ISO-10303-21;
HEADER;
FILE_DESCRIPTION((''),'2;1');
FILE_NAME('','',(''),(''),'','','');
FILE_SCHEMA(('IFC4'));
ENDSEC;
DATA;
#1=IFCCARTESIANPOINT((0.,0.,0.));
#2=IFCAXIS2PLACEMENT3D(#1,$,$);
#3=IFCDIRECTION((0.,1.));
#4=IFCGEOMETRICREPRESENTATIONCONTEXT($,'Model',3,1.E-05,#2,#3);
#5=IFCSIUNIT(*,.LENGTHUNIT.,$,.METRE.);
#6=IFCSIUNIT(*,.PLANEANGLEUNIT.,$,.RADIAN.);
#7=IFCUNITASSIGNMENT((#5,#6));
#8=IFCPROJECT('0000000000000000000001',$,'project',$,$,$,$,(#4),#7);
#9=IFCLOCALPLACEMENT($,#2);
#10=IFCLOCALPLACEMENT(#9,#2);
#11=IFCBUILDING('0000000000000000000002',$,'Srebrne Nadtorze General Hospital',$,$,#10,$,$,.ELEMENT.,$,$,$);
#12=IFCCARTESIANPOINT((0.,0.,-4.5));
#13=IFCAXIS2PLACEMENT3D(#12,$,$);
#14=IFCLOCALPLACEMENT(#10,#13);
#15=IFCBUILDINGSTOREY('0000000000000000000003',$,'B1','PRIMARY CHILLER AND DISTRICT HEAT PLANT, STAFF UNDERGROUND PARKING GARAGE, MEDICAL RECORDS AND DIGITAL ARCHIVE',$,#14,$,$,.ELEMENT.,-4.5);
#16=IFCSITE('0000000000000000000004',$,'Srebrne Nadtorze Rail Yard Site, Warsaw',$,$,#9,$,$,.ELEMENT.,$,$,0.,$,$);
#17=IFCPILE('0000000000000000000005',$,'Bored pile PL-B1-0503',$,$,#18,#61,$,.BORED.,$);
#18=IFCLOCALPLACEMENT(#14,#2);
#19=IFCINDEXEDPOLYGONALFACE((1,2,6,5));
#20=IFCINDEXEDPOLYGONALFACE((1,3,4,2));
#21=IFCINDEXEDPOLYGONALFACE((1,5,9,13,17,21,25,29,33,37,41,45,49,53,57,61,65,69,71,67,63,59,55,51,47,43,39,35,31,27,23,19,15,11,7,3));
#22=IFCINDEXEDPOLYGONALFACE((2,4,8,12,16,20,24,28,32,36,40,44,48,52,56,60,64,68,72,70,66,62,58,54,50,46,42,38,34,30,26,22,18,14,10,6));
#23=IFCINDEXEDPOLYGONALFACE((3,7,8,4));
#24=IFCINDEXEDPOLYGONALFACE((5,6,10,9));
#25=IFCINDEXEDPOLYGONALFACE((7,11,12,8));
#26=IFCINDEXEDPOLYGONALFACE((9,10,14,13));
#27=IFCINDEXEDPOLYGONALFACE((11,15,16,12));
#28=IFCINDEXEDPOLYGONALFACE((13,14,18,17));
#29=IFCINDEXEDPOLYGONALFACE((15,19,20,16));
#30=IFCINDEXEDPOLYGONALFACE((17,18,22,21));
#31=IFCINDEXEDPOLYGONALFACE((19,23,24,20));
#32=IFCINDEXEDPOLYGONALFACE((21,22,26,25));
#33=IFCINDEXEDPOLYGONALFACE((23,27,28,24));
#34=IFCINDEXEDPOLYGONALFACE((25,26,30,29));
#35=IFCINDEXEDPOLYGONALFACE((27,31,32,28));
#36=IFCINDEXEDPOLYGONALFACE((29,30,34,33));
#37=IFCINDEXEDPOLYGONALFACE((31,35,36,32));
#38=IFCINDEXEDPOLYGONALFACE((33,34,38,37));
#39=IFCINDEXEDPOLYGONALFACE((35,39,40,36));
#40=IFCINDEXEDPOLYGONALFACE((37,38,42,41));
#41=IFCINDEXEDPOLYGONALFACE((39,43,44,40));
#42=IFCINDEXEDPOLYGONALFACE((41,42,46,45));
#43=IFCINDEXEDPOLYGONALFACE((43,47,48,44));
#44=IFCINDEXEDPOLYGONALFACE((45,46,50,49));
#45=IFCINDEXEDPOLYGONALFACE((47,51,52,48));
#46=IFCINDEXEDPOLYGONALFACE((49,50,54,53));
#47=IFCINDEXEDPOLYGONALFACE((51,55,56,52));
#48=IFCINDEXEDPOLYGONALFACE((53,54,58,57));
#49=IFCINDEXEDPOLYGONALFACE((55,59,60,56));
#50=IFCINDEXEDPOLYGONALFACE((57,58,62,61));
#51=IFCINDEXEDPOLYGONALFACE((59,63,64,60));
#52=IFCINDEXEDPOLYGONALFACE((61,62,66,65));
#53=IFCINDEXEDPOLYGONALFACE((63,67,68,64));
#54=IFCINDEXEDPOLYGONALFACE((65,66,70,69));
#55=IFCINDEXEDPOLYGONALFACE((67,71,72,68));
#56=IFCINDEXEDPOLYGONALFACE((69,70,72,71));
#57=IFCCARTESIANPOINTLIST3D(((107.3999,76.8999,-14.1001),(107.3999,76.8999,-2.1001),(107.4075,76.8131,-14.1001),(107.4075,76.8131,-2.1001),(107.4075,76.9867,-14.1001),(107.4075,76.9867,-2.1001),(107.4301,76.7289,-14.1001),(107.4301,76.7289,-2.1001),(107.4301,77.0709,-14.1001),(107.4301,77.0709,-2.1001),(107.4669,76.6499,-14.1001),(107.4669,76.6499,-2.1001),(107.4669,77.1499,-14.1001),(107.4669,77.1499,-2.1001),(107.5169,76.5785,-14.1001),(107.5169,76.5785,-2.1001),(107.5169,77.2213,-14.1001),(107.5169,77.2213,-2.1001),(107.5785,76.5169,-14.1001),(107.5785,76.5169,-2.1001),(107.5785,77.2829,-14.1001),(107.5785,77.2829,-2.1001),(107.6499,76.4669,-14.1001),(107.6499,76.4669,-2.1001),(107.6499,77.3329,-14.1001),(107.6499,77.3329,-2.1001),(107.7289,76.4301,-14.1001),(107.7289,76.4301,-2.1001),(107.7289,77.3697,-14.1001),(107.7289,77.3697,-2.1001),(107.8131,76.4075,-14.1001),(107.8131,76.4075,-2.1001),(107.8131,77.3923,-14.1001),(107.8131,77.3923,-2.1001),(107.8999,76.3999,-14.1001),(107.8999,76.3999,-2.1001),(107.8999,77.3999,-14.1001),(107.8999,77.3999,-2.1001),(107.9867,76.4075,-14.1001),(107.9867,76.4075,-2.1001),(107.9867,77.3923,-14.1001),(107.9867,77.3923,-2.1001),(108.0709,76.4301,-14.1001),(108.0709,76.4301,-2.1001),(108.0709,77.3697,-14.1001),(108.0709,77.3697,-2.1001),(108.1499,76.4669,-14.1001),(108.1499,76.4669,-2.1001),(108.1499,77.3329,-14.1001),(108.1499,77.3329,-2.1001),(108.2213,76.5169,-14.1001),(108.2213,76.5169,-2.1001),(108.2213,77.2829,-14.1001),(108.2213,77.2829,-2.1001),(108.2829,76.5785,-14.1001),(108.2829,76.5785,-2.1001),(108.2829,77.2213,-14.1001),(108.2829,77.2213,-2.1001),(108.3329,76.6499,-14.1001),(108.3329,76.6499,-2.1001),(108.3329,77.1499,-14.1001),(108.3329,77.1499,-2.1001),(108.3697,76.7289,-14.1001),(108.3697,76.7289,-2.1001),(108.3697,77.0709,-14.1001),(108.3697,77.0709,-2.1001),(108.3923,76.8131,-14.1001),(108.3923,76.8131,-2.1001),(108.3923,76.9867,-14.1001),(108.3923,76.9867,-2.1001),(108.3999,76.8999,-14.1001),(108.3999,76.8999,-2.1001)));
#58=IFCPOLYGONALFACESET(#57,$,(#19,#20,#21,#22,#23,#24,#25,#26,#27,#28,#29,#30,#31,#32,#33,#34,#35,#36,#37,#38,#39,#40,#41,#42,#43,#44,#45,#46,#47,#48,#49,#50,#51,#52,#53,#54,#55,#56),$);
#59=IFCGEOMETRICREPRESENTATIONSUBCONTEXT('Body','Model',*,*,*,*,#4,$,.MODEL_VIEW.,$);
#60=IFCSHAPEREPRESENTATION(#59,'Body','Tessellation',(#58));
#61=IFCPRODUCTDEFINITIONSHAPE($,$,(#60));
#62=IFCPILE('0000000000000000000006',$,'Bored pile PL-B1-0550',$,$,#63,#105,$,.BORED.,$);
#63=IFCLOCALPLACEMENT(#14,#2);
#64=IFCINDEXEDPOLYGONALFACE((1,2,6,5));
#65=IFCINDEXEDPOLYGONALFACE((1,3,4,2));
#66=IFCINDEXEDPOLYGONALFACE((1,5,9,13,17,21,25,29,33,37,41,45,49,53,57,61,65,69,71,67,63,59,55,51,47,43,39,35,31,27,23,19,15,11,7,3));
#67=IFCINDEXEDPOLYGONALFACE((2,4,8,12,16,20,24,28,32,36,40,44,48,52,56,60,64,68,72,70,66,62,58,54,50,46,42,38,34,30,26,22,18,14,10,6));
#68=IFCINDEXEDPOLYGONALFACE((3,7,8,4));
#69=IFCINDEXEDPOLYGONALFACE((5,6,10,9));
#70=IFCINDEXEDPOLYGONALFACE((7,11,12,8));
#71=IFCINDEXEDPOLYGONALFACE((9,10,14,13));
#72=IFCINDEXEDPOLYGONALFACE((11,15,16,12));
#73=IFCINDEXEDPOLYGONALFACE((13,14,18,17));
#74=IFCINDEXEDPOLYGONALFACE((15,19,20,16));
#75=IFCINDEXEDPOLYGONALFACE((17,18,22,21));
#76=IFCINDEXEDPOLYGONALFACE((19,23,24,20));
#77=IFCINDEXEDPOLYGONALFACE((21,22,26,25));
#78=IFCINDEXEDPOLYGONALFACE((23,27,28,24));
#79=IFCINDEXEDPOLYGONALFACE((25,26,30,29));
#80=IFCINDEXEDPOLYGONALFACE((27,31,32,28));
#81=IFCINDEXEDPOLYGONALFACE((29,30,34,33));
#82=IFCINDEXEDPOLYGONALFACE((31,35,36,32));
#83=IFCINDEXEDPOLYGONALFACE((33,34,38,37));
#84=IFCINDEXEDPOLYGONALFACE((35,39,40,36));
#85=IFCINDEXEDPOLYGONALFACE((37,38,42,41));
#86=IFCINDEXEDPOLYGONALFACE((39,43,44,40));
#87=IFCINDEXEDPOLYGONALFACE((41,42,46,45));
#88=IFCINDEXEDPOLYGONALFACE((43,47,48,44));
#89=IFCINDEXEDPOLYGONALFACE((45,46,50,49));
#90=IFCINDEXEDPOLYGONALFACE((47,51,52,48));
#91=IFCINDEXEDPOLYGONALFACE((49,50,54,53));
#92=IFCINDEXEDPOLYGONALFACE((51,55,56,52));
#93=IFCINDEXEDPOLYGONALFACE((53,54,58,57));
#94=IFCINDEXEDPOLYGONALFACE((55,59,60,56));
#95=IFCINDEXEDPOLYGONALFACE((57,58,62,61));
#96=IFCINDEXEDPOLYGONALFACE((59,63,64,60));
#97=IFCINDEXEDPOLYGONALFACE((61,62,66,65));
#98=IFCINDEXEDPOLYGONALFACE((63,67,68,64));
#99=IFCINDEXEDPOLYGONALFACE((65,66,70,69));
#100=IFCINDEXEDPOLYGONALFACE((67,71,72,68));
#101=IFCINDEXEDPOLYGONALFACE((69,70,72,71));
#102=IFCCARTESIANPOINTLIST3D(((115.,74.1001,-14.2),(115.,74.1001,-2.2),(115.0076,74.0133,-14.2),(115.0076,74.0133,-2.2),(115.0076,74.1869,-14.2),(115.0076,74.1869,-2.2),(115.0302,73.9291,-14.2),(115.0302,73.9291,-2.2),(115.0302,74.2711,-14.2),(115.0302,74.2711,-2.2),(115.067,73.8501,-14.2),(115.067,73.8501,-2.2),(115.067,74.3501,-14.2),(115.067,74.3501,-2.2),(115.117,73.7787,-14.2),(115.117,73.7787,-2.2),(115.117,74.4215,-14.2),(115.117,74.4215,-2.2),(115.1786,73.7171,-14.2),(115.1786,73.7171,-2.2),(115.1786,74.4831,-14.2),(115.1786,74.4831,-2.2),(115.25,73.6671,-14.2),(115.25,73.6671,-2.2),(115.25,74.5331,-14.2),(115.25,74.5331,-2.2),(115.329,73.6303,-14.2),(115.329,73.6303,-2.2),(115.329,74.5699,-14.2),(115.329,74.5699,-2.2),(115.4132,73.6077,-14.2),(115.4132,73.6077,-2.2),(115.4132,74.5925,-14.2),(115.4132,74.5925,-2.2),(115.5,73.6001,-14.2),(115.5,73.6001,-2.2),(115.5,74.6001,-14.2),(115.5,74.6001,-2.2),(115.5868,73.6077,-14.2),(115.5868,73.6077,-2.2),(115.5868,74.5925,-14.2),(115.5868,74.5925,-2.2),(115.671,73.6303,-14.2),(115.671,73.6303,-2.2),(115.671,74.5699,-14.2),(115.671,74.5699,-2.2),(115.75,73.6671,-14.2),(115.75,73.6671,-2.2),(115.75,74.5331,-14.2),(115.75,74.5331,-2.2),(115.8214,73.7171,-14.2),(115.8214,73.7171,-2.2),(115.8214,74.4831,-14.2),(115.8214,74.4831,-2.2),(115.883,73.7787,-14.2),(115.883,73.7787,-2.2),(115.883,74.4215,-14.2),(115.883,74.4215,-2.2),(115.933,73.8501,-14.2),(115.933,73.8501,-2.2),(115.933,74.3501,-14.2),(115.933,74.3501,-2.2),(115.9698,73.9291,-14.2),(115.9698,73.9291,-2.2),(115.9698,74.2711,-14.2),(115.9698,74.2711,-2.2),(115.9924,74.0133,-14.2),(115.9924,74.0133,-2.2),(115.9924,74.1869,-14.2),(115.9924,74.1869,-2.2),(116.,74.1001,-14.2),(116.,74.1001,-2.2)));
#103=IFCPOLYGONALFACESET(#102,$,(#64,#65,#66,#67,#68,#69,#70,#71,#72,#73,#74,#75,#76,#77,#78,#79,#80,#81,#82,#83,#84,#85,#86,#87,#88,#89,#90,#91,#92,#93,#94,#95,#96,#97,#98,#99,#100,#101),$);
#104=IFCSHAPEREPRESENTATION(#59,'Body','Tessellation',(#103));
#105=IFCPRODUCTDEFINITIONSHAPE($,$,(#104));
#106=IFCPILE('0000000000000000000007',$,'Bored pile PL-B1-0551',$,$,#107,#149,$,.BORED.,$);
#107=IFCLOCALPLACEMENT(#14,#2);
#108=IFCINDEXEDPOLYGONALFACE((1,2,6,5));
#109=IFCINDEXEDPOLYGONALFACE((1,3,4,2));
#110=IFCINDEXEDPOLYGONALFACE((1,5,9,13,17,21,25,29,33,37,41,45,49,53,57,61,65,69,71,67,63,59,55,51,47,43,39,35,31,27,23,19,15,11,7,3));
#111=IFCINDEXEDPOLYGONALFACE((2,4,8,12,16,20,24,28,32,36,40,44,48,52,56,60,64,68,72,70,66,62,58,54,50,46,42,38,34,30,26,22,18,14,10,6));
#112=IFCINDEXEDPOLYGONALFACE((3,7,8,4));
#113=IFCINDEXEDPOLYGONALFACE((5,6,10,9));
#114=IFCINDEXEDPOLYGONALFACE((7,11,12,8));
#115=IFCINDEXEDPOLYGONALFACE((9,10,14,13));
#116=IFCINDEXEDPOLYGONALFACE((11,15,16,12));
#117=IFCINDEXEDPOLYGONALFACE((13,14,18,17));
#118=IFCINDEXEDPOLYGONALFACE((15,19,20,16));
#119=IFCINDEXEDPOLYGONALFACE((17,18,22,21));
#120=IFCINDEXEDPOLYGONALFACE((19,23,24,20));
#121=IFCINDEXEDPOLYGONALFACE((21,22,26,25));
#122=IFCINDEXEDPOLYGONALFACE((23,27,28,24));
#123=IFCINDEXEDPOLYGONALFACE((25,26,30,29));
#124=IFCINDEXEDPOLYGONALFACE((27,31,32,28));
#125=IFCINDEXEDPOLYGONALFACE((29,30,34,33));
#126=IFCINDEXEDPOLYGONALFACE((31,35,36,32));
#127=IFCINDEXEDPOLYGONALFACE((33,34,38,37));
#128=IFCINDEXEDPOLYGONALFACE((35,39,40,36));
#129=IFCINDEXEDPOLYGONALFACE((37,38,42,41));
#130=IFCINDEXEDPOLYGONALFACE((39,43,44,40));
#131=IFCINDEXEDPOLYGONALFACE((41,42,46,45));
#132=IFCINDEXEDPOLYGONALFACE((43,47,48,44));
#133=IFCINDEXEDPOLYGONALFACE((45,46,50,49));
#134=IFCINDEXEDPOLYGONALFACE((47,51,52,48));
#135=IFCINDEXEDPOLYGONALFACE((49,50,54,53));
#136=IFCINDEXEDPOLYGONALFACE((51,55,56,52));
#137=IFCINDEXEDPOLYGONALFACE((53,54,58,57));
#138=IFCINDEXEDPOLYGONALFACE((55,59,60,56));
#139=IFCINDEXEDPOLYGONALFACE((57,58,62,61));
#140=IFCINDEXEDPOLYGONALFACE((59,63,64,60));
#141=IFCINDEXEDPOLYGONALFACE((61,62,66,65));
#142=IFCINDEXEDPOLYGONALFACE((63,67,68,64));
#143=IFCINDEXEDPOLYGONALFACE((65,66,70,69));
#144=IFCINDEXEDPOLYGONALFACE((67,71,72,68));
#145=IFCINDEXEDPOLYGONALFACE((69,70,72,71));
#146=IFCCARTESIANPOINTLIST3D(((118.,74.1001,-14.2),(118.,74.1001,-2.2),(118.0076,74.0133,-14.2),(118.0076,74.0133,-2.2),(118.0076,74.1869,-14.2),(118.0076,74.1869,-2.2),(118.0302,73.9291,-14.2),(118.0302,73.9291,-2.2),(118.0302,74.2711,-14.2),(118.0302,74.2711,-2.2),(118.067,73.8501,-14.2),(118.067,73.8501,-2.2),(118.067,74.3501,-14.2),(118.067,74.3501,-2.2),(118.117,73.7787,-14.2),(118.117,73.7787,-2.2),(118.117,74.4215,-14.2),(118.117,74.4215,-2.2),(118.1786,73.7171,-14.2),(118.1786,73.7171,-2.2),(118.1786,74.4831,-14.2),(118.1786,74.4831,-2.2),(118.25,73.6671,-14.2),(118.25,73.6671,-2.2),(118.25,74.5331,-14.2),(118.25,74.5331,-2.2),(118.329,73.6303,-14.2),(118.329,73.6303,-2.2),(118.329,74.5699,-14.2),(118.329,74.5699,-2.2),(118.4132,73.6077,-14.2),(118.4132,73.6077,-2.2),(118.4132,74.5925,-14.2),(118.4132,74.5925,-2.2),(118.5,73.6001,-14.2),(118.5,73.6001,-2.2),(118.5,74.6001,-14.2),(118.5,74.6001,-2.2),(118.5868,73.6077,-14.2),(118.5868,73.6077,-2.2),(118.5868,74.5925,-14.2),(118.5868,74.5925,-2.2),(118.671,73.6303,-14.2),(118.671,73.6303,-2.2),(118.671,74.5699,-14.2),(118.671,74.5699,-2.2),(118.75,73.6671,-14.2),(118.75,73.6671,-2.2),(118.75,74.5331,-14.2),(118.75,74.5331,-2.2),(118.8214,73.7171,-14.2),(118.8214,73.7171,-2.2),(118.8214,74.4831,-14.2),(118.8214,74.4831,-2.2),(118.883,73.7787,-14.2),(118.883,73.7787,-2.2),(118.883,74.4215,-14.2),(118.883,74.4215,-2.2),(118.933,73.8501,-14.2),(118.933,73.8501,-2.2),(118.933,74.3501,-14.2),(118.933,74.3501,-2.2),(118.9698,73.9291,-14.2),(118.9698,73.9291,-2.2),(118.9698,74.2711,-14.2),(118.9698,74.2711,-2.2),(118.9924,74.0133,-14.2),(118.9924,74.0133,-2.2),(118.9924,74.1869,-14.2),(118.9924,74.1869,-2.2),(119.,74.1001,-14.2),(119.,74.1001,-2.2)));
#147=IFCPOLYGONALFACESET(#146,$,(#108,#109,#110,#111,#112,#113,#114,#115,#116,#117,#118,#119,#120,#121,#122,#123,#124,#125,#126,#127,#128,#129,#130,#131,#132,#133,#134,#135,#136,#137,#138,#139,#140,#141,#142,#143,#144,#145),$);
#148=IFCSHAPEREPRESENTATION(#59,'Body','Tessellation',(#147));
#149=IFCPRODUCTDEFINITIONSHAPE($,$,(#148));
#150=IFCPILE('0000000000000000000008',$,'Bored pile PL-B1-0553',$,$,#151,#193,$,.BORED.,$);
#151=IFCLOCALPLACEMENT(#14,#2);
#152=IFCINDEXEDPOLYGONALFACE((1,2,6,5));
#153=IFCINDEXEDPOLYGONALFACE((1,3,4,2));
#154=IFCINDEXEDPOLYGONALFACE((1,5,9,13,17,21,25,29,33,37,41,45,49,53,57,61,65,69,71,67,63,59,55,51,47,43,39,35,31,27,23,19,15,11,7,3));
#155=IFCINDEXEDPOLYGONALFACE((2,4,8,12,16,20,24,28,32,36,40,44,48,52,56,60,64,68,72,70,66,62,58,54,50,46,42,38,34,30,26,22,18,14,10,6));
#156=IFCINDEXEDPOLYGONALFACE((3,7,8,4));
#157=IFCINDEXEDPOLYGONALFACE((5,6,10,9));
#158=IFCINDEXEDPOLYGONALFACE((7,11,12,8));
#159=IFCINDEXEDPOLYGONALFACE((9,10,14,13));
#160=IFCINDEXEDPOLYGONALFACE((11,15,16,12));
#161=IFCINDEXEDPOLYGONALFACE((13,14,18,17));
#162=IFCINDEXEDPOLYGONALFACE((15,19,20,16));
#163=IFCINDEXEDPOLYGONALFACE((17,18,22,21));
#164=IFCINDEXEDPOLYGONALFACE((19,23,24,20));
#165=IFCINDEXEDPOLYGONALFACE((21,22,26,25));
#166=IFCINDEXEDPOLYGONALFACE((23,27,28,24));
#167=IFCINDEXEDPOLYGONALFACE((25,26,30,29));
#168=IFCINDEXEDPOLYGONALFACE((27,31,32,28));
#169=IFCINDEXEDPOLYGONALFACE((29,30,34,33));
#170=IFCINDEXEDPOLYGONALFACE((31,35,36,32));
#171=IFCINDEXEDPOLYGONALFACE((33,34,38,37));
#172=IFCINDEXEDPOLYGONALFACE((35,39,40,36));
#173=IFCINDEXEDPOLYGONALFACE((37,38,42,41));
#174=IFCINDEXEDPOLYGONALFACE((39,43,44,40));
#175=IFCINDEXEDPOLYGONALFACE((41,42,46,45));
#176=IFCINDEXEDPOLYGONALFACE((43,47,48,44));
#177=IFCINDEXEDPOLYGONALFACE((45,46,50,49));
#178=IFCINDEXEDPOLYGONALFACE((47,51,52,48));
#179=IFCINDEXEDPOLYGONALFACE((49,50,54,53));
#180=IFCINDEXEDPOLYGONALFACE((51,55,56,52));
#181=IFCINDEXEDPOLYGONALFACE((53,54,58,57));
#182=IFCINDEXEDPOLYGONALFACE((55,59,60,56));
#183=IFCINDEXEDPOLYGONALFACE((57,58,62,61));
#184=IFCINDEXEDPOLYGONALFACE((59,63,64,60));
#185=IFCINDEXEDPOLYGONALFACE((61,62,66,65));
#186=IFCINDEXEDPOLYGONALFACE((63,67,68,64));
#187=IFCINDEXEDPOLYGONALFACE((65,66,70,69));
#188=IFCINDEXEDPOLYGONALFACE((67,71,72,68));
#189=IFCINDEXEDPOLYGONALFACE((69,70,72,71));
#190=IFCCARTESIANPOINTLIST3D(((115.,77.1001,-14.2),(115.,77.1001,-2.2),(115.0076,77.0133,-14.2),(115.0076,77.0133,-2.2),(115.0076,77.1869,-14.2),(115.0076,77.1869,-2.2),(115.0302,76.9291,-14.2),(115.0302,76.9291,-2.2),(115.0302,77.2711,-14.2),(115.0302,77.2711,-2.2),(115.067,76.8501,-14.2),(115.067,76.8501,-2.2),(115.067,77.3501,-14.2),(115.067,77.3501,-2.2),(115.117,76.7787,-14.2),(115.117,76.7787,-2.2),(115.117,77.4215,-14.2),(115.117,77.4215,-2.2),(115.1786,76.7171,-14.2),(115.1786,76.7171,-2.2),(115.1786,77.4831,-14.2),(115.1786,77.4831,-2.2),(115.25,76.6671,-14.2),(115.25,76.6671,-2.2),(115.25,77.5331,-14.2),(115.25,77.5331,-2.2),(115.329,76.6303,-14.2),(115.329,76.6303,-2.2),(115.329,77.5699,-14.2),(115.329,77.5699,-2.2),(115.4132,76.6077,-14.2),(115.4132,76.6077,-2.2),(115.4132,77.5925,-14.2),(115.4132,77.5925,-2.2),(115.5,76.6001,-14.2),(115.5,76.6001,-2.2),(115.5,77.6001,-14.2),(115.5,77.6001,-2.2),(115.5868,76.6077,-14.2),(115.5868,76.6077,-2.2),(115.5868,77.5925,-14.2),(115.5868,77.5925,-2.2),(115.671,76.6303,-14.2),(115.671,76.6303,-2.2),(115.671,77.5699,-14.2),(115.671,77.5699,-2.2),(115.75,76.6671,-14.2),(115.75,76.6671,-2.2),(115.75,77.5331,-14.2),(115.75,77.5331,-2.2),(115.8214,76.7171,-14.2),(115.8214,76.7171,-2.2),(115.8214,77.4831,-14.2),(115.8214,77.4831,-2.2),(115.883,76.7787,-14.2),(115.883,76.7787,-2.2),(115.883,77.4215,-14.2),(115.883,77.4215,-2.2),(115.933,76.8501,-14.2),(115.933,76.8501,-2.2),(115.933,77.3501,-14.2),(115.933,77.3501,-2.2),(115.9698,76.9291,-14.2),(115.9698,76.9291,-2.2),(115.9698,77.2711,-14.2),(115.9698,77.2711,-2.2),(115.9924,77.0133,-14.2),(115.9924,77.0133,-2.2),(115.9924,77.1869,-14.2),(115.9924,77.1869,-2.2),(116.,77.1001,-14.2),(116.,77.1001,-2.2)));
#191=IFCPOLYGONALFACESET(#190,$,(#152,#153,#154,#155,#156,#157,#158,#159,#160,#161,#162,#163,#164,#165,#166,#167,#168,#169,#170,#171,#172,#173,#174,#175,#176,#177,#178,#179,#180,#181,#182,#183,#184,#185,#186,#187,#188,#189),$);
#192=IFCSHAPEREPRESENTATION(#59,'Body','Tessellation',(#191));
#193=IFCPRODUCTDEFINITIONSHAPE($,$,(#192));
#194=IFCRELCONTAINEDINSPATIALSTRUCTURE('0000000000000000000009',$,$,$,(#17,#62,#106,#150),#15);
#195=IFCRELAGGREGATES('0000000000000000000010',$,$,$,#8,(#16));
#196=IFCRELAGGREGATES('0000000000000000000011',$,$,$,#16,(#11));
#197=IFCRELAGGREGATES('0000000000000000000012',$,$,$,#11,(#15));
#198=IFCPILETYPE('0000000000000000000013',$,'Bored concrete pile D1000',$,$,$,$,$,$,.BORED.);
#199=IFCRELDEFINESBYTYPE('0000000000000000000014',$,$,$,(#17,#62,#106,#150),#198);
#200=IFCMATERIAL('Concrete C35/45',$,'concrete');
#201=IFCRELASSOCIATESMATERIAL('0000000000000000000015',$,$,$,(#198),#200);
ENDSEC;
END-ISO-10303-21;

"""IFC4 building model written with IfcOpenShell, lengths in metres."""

from ifc_helpers import new_model, si_unit, direction, frame, origin, origin_2d, place, context, subcontext, project, spatial, circle, extrude, material, material_profile, profile_set, type_object, element, save


model = new_model("IFC4")

# Units and contexts
model_context = context("Model", 3, precision=1e-05, world=origin(), true_north=direction((0.0, 1.0)))
body_context = subcontext(model_context, "Body", "Model", "MODEL_VIEW")
ifc_project = project(units=[si_unit("LENGTHUNIT", "METRE"), si_unit("PLANEANGLEUNIT", "RADIAN")], contexts=[model_context])

# Site, building, storey
site_placement = place(None, origin())
site = spatial("IfcSite", under=ifc_project, at=site_placement, Name="Srebrne Nadtorze Rail Yard Site, Warsaw", CompositionType="ELEMENT", RefElevation=0.0)
building_placement = place(site_placement, origin())
building = spatial("IfcBuilding", under=site, at=building_placement, Name="Srebrne Nadtorze General Hospital", CompositionType="ELEMENT")
storey_placement = place(building_placement, frame((0.0, 0.0, -4.5)))
storey = spatial("IfcBuildingStorey", under=building, at=storey_placement, Name="B1", Description="PRIMARY CHILLER AND DISTRICT HEAT PLANT, STAFF UNDERGROUND PARKING GARAGE, MEDICAL RECORDS AND DIGITAL ARCHIVE", CompositionType="ELEMENT", Elevation=-4.5)

# Piles
ifc_material_1 = material(Name="Concrete C35/45", Category="concrete")
ifc_material_profile_1 = material_profile(ifc_material_1, circle(Radius=0.5, at=origin_2d()), Name="PILE-D1000")
ifc_profile_set_1 = profile_set([ifc_material_profile_1], Name="Concrete C35/45")
pile_type_1 = type_object("IfcPileType", Name="Bored concrete pile D1000", PredefinedType="BORED", material=ifc_profile_set_1)
for number, where, z_axis, x_axis, name in (
    (1, (107.8999, 76.8999, -2.1001), (0.0, 0.0, -1.0), (1.0, 0.0, 0.0), "Bored pile PL-B1-0503"),
    (2, (115.5, 74.1001, -2.2), (0.0, 0.0, -1.0), (1.0, 0.0, 0.0), "Bored pile PL-B1-0550"),
    (3, (118.5, 74.1001, -2.2), (0.0, 0.0, -1.0), (1.0, 0.0, 0.0), "Bored pile PL-B1-0551"),
    (4, (115.5, 77.1001, -2.2), (0.0, 0.0, -1.0), (1.0, 0.0, 0.0), "Bored pile PL-B1-0553"),
):
    element("IfcPile", number, at=place(storey_placement, frame(where, z_axis=z_axis, x_axis=x_axis)), inside=storey, type_object=pile_type_1, Name=name, PredefinedType="BORED", context=body_context, shape_type="SweptSolid", body=[
        extrude(circle(Radius=0.5, at=origin_2d()), origin(), (0.0, 0.0, 1.0), 12.0),
    ])

save(model, "model.ifc")
